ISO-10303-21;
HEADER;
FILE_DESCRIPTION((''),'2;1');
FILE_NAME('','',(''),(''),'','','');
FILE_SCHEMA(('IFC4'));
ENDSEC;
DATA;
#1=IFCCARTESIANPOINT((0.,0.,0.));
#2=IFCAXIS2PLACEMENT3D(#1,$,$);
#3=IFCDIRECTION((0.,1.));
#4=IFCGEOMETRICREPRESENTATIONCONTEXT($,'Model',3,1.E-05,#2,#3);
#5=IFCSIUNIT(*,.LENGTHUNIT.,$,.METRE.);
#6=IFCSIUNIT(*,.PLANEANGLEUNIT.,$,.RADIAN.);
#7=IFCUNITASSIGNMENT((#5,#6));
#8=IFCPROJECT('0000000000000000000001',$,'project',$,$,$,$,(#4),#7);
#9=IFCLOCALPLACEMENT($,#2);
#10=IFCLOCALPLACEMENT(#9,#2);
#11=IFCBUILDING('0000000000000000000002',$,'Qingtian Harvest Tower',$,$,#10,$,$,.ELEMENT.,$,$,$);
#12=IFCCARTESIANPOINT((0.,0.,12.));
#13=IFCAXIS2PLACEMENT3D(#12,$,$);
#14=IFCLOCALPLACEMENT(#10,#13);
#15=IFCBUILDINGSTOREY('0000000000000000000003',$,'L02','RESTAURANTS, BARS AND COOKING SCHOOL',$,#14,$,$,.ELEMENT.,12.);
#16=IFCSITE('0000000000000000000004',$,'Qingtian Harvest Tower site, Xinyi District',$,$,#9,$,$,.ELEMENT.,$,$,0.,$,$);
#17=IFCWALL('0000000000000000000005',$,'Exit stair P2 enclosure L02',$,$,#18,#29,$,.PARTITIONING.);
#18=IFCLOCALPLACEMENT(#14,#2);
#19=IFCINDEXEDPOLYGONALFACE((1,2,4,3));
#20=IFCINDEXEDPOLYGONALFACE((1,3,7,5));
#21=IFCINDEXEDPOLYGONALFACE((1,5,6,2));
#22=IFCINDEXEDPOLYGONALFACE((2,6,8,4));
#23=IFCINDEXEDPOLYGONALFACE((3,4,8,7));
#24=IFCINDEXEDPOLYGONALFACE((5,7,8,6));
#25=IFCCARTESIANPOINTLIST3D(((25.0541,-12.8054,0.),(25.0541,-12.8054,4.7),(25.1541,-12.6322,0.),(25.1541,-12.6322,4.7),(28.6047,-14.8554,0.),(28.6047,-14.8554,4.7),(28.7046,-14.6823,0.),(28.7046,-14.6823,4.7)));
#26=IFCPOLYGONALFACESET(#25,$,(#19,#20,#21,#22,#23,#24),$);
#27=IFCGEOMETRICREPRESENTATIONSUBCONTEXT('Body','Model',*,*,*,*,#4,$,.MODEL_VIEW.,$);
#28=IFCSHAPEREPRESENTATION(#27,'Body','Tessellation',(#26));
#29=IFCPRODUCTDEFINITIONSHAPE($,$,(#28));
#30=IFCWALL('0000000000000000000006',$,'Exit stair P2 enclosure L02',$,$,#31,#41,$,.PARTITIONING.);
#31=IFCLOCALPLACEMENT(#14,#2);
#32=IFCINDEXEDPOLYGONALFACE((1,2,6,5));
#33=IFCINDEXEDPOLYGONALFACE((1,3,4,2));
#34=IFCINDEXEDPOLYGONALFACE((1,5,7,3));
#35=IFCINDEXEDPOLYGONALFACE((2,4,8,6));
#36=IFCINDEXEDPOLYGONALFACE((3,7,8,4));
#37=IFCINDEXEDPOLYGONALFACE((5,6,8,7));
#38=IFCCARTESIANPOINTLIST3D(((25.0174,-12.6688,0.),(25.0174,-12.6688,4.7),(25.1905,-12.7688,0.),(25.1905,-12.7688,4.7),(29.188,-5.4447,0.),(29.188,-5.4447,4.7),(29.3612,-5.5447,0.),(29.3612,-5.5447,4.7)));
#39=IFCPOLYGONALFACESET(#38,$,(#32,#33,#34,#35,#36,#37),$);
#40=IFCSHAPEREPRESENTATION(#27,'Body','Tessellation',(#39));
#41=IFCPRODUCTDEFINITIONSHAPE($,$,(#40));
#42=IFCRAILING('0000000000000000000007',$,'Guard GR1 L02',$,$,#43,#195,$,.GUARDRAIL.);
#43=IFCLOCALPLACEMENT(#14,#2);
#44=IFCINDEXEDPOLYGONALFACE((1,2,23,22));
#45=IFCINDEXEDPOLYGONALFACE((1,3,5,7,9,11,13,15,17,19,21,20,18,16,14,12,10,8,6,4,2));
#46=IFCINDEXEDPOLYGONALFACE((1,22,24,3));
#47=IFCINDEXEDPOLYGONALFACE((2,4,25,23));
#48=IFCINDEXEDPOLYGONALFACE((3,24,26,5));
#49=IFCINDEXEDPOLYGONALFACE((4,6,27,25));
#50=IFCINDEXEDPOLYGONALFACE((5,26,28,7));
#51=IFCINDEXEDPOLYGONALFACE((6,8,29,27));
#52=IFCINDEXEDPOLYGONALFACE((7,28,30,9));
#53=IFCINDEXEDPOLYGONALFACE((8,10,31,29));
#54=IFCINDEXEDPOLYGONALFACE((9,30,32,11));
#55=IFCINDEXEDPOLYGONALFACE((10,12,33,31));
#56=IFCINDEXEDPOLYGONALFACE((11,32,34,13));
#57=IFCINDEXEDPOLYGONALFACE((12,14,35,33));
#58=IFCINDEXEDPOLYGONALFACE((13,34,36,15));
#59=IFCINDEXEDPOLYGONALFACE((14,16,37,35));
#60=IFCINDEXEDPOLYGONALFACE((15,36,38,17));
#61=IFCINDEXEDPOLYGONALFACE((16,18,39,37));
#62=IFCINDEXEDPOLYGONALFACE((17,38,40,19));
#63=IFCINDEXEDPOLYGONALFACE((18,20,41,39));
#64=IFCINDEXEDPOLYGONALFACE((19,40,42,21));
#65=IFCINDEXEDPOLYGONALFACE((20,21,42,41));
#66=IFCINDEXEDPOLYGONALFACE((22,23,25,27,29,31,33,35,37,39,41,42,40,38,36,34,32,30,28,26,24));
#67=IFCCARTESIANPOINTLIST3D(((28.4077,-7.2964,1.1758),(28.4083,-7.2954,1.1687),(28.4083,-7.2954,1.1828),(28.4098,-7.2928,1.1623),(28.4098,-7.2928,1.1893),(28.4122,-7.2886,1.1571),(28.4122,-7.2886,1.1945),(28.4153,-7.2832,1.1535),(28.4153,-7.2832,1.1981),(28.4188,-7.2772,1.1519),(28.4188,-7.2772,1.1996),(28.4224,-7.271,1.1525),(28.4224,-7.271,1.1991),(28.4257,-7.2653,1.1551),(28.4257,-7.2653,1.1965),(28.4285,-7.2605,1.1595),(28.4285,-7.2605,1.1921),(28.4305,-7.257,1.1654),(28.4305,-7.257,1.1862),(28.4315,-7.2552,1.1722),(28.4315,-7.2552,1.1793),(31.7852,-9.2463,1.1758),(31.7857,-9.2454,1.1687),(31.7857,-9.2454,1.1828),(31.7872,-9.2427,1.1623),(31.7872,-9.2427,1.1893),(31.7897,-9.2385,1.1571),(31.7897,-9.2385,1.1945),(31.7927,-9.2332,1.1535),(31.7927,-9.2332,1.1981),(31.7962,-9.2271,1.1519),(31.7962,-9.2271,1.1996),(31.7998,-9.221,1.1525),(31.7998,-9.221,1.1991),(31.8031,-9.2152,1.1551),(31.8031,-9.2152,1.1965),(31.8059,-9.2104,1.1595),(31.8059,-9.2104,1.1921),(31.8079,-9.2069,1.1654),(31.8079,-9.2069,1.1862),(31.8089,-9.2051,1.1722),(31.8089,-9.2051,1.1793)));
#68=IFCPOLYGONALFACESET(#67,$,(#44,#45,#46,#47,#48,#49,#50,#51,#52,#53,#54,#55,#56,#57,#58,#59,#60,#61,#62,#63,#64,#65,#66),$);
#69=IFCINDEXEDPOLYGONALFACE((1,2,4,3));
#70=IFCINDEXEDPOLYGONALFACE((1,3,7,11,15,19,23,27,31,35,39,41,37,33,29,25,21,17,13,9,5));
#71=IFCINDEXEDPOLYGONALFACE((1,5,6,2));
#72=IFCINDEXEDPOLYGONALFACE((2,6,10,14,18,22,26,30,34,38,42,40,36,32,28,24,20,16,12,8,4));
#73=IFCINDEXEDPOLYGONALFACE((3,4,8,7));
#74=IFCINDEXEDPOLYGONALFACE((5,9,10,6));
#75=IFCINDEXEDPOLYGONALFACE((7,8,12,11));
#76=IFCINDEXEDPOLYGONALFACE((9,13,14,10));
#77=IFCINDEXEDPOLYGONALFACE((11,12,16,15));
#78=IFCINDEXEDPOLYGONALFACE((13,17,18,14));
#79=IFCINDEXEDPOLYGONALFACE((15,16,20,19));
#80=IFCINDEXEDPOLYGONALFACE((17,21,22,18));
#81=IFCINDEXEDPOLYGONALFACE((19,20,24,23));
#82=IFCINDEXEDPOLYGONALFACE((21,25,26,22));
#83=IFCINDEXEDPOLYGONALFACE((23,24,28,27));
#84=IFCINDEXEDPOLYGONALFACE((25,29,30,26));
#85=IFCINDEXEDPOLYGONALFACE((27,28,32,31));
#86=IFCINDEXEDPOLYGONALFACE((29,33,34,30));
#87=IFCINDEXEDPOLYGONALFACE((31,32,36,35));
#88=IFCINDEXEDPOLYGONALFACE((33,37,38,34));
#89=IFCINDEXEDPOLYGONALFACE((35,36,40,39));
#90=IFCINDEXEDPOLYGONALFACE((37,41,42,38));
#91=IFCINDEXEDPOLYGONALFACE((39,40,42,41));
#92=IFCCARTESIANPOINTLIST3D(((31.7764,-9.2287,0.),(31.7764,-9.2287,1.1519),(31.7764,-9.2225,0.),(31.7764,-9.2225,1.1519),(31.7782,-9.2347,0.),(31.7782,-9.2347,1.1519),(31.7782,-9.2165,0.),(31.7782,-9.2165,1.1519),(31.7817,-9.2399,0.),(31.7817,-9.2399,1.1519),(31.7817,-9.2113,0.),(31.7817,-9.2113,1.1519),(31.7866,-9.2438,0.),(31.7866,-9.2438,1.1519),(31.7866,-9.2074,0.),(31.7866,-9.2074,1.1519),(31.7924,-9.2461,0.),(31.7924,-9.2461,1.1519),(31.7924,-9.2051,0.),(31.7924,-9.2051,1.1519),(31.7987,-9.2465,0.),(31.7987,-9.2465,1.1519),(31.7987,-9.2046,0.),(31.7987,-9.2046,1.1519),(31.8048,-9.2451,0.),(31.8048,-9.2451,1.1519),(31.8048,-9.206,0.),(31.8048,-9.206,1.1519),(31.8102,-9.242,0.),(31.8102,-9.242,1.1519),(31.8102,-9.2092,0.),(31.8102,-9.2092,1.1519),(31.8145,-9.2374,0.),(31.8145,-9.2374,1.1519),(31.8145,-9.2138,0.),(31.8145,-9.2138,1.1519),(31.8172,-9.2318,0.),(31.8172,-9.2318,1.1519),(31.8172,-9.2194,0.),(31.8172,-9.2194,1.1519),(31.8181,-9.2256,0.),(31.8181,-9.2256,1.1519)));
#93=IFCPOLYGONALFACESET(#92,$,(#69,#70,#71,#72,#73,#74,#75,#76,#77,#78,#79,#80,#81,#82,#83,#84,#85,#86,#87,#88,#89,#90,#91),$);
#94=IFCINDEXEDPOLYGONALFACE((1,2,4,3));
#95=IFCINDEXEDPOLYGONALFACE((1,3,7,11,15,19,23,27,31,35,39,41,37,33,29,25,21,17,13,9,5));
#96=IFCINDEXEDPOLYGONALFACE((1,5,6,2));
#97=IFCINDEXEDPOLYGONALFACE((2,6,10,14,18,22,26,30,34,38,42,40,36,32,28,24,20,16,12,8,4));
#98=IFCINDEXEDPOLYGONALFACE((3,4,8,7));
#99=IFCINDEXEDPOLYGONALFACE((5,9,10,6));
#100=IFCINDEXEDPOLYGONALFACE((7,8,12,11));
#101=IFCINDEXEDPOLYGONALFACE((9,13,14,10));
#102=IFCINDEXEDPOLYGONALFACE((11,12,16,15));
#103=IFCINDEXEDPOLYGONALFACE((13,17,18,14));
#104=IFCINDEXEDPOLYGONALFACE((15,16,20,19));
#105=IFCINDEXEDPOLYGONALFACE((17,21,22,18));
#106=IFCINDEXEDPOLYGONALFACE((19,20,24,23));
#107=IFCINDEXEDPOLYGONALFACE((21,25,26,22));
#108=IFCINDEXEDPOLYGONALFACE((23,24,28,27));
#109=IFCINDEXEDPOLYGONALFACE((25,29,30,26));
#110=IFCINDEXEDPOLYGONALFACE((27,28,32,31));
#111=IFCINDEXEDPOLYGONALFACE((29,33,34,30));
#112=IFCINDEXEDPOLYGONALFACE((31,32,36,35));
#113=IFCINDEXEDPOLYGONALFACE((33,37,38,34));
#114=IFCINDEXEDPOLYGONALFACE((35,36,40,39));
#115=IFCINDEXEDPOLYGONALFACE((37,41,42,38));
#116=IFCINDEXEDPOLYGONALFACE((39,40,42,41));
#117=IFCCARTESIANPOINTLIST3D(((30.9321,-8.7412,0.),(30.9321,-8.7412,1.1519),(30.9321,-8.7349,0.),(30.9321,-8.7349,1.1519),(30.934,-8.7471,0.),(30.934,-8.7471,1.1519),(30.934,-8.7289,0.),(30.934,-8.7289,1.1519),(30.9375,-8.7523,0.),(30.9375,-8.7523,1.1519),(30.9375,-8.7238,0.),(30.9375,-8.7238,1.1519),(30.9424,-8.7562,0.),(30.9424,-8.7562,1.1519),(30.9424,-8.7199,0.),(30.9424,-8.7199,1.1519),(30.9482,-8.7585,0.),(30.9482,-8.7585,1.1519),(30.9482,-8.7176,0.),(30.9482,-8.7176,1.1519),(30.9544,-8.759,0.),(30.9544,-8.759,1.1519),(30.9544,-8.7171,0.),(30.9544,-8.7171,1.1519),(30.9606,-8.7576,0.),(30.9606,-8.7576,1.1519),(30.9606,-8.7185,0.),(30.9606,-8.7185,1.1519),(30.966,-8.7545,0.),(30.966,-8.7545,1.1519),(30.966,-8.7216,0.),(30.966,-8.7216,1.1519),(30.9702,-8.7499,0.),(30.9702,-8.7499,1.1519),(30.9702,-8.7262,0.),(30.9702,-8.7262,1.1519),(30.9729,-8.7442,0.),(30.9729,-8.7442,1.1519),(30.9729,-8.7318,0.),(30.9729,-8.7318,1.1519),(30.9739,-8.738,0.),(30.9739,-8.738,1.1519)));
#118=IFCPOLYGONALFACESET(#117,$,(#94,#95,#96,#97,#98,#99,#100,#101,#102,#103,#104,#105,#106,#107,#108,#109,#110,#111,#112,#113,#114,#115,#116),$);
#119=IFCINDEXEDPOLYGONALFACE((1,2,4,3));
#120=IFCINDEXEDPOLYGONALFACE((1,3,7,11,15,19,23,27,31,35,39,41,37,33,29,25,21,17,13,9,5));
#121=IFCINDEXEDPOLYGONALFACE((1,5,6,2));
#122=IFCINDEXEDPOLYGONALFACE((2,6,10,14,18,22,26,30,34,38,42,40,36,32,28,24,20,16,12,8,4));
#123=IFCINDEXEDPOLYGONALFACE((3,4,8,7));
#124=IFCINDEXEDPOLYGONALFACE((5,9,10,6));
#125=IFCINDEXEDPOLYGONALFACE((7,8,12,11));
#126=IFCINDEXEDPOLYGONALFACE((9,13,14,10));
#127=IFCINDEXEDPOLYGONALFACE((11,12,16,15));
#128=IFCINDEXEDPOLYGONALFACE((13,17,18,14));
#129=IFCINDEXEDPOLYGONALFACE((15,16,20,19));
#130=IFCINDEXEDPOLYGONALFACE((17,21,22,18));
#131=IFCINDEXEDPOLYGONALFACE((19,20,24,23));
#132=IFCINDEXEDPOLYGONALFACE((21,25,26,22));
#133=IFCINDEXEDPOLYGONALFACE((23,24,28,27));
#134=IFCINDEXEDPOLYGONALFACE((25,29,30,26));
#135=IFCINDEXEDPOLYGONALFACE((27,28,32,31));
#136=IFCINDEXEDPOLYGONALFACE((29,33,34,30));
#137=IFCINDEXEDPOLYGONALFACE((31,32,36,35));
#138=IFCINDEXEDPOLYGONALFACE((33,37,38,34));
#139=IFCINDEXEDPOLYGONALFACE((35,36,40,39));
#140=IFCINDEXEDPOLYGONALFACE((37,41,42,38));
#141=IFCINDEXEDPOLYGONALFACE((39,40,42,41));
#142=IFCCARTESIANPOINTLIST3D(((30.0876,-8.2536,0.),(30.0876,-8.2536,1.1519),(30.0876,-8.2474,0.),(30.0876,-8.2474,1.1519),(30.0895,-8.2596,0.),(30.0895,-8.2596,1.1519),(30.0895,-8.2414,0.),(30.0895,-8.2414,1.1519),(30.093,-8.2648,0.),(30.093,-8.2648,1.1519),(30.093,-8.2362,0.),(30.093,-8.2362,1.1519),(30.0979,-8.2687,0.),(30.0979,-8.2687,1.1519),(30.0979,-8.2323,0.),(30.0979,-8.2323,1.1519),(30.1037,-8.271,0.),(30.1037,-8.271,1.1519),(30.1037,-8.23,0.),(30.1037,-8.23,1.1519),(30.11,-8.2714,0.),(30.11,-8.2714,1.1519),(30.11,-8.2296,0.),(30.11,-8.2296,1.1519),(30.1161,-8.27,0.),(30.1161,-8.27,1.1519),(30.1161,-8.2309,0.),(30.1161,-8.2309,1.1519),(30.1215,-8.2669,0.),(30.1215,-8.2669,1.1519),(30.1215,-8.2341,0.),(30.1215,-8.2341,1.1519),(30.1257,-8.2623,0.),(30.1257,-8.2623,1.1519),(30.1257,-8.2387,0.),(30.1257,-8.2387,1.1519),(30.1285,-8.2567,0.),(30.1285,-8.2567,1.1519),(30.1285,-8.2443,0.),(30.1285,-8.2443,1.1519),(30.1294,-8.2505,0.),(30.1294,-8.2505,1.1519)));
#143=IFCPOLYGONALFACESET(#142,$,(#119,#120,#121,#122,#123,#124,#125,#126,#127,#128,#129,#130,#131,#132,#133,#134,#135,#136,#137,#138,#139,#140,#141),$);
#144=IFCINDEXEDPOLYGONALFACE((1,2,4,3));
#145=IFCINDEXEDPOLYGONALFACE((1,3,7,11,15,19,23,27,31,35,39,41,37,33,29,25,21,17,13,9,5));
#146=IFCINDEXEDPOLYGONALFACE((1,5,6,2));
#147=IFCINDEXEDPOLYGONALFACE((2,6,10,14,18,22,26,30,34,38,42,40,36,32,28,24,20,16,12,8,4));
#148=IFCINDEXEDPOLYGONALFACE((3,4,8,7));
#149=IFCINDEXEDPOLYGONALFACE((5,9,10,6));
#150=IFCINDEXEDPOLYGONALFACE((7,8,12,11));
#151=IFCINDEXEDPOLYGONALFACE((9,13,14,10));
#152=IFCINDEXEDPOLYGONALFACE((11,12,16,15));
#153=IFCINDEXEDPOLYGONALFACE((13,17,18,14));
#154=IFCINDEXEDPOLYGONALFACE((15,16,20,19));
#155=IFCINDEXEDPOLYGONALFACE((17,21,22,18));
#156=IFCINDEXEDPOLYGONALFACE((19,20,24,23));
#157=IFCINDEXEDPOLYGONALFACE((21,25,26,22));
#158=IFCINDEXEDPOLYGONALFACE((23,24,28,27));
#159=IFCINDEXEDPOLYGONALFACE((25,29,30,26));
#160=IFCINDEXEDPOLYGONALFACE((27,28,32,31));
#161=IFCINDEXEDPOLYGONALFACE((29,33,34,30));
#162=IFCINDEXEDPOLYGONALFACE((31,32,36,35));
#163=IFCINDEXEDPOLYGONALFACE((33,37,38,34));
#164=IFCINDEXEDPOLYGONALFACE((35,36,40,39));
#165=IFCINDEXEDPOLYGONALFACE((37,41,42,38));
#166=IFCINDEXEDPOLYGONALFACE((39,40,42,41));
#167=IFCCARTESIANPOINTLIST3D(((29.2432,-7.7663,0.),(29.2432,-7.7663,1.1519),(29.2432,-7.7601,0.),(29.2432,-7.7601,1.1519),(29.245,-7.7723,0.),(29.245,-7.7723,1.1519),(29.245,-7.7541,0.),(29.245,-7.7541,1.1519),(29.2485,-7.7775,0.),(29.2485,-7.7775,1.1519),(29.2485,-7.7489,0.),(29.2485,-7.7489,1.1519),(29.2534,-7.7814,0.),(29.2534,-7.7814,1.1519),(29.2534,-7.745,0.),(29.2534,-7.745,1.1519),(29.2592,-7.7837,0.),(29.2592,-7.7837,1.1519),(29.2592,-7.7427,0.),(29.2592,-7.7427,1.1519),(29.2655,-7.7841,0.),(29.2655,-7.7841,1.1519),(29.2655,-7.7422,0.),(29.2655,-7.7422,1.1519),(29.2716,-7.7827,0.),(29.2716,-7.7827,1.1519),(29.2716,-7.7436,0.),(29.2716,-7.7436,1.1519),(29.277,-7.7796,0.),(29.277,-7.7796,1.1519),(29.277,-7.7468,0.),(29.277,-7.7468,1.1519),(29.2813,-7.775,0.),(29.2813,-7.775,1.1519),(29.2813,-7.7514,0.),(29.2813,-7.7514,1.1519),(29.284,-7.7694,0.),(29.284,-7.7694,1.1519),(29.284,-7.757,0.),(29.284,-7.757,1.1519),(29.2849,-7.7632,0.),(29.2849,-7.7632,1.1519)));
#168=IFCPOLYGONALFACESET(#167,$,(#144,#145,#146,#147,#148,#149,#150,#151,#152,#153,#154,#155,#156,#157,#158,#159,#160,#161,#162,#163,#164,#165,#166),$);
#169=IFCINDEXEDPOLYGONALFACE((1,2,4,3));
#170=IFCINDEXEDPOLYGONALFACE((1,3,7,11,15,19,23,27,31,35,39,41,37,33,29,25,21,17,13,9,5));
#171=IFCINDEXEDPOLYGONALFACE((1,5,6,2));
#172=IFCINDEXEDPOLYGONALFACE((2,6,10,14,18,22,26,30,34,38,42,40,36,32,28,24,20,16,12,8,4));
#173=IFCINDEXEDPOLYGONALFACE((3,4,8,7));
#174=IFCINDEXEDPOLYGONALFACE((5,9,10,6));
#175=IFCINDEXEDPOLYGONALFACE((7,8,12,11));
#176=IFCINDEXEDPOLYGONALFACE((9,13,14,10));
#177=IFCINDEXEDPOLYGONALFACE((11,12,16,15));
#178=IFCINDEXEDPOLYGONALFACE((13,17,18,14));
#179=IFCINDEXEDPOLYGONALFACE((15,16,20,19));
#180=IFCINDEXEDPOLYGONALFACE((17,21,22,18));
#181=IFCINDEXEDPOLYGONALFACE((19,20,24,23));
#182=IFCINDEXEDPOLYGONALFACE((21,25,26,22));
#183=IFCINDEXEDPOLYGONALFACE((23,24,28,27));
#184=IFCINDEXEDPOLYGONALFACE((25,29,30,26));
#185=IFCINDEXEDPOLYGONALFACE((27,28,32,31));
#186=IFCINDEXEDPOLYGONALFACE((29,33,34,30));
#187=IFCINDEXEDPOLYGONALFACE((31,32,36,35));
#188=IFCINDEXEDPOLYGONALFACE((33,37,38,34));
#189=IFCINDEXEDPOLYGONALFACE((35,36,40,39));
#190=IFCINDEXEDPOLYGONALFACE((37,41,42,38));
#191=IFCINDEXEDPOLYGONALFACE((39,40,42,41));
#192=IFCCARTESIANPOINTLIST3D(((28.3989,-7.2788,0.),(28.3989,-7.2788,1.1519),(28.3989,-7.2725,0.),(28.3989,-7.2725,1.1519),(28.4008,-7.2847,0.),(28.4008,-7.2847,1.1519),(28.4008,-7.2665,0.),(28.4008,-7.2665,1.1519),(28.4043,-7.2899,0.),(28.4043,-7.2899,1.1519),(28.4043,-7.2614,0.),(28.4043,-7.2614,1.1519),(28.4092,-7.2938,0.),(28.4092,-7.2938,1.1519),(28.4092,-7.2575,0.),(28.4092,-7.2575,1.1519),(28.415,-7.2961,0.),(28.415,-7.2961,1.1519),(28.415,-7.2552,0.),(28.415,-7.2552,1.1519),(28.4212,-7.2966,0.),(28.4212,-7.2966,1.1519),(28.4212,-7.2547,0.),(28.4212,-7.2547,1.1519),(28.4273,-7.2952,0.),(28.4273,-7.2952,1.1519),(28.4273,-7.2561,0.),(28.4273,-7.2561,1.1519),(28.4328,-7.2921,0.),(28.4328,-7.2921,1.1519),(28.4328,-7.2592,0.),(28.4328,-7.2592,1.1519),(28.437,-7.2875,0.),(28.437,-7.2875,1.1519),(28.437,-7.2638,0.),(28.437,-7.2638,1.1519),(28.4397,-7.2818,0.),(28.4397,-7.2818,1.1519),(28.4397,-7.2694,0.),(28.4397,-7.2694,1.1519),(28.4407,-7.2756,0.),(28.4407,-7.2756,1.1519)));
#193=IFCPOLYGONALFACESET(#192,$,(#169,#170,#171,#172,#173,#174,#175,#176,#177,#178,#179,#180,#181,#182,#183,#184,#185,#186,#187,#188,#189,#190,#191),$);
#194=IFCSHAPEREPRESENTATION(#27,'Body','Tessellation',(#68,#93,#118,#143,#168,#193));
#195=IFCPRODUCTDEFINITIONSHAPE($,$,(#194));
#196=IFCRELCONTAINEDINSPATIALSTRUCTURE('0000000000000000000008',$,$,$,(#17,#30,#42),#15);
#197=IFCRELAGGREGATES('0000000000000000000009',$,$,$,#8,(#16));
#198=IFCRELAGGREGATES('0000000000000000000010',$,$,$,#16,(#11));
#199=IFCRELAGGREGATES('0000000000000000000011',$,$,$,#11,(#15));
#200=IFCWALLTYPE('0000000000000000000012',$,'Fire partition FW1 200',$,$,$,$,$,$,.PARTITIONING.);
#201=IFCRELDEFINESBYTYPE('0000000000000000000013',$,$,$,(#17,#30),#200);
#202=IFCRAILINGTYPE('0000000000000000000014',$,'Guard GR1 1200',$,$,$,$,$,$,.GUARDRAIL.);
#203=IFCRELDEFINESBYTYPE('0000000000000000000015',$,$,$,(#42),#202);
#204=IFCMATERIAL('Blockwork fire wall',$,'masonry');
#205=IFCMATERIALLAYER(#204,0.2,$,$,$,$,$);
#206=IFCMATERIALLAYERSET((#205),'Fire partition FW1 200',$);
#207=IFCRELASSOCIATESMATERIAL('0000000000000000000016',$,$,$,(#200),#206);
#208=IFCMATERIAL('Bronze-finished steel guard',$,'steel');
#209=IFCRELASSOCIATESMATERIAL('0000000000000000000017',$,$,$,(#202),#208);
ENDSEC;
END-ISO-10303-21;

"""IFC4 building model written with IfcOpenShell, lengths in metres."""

from ifc_helpers import new_model, si_unit, direction, frame, frame_2d, origin, origin_2d, place, context, subcontext, project, spatial, rectangle, circle, extrude, material, layer, layer_set, type_object, element, save


model = new_model("IFC4")

# Units and contexts
model_context = context("Model", 3, precision=1e-05, world=origin(), true_north=direction((0.0, 1.0)))
body_context = subcontext(model_context, "Body", "Model", "MODEL_VIEW")
ifc_project = project(units=[si_unit("LENGTHUNIT", "METRE"), si_unit("PLANEANGLEUNIT", "RADIAN")], contexts=[model_context])

# Site, building, storey
site_placement = place(None, origin())
site = spatial("IfcSite", under=ifc_project, at=site_placement, Name="Qingtian Harvest Tower site, Xinyi District", CompositionType="ELEMENT", RefElevation=0.0)
building_placement = place(site_placement, origin())
building = spatial("IfcBuilding", under=site, at=building_placement, Name="Qingtian Harvest Tower", CompositionType="ELEMENT")
storey_placement = place(building_placement, frame((0.0, 0.0, 12.0)))
storey = spatial("IfcBuildingStorey", under=building, at=storey_placement, Name="L02", Description="RESTAURANTS, BARS AND COOKING SCHOOL", CompositionType="ELEMENT", Elevation=12.0)

# Shared definitions
ifc_material_1 = material(Name="Blockwork fire wall", Category="masonry")
ifc_layer_1 = layer(ifc_material_1, 0.2)
ifc_layer_set_1 = layer_set([ifc_layer_1], Name="Fire partition FW1 200")
wall_type_1 = type_object("IfcWallType", Name="Fire partition FW1 200", PredefinedType="PARTITIONING", material=ifc_layer_set_1)

# Walls
wall_1_placement = place(storey_placement, frame((28.6545, -14.7688, 0.0), z_axis=(0.0, 0.0, 1.0), x_axis=(-0.86601, 0.500027, 0.0)))
element("IfcWall", 1, at=wall_1_placement, inside=storey, type_object=wall_type_1, Name="Exit stair P2 enclosure L02", PredefinedType="PARTITIONING", context=body_context, shape_type="SweptSolid", body=[
    extrude(rectangle(XDim=4.0999, YDim=0.2, at=frame_2d((2.0498, 0.0))), origin(), (0.0, 0.0, 1.0), 4.7),
])
wall_2_placement = place(storey_placement, frame((29.2747, -5.4946, 0.0), z_axis=(0.0, 0.0, 1.0), x_axis=(-0.499983, -0.866035, 0.0)))
element("IfcWall", 2, at=wall_2_placement, inside=storey, type_object=wall_type_1, Name="Exit stair P2 enclosure L02", PredefinedType="PARTITIONING", context=body_context, shape_type="SweptSolid", body=[
    extrude(rectangle(XDim=8.3416, YDim=0.2, at=frame_2d((4.1709, 0.0))), origin(), (0.0, 0.0, 1.0), 4.7),
])

# Railing
ifc_material_2 = material(Name="Bronze-finished steel guard", Category="steel")
railing_type = type_object("IfcRailingType", Name="Guard GR1 1200", PredefinedType="GUARDRAIL", material=ifc_material_2)
railing_placement = place(storey_placement, frame((31.7971, -9.2256, 0.0)))
element("IfcRailing", 3, at=railing_placement, inside=storey, type_object=railing_type, Name="Guard GR1 L02", PredefinedType="GUARDRAIL", context=body_context, shape_type="SweptSolid", body=[
    extrude(circle(Radius=0.0239, at=origin_2d()), frame((0.0, 0.0, 1.1758), z_axis=(-0.866027, 0.499997, 0.0), x_axis=(-0.499997, -0.866027, 0.0)), (0.0, 0.0, 1.0), 3.8999),
    extrude(circle(Radius=0.021, at=origin_2d()), origin(), (0.0, 0.0, 1.0), 1.1519),
    extrude(circle(Radius=0.021, at=origin_2d()), frame((-0.8442, 0.4875, 0.0)), (0.0, 0.0, 1.0), 1.1519),
    extrude(circle(Radius=0.021, at=origin_2d()), frame((-1.6887, 0.9751, 0.0)), (0.0, 0.0, 1.0), 1.1519),
    extrude(circle(Radius=0.021, at=origin_2d()), frame((-2.5332, 1.4624, 0.0)), (0.0, 0.0, 1.0), 1.1519),
    extrude(circle(Radius=0.021, at=origin_2d()), frame((-3.3774, 1.95, 0.0)), (0.0, 0.0, 1.0), 1.1519),
])

save(model, "model.ifc")
